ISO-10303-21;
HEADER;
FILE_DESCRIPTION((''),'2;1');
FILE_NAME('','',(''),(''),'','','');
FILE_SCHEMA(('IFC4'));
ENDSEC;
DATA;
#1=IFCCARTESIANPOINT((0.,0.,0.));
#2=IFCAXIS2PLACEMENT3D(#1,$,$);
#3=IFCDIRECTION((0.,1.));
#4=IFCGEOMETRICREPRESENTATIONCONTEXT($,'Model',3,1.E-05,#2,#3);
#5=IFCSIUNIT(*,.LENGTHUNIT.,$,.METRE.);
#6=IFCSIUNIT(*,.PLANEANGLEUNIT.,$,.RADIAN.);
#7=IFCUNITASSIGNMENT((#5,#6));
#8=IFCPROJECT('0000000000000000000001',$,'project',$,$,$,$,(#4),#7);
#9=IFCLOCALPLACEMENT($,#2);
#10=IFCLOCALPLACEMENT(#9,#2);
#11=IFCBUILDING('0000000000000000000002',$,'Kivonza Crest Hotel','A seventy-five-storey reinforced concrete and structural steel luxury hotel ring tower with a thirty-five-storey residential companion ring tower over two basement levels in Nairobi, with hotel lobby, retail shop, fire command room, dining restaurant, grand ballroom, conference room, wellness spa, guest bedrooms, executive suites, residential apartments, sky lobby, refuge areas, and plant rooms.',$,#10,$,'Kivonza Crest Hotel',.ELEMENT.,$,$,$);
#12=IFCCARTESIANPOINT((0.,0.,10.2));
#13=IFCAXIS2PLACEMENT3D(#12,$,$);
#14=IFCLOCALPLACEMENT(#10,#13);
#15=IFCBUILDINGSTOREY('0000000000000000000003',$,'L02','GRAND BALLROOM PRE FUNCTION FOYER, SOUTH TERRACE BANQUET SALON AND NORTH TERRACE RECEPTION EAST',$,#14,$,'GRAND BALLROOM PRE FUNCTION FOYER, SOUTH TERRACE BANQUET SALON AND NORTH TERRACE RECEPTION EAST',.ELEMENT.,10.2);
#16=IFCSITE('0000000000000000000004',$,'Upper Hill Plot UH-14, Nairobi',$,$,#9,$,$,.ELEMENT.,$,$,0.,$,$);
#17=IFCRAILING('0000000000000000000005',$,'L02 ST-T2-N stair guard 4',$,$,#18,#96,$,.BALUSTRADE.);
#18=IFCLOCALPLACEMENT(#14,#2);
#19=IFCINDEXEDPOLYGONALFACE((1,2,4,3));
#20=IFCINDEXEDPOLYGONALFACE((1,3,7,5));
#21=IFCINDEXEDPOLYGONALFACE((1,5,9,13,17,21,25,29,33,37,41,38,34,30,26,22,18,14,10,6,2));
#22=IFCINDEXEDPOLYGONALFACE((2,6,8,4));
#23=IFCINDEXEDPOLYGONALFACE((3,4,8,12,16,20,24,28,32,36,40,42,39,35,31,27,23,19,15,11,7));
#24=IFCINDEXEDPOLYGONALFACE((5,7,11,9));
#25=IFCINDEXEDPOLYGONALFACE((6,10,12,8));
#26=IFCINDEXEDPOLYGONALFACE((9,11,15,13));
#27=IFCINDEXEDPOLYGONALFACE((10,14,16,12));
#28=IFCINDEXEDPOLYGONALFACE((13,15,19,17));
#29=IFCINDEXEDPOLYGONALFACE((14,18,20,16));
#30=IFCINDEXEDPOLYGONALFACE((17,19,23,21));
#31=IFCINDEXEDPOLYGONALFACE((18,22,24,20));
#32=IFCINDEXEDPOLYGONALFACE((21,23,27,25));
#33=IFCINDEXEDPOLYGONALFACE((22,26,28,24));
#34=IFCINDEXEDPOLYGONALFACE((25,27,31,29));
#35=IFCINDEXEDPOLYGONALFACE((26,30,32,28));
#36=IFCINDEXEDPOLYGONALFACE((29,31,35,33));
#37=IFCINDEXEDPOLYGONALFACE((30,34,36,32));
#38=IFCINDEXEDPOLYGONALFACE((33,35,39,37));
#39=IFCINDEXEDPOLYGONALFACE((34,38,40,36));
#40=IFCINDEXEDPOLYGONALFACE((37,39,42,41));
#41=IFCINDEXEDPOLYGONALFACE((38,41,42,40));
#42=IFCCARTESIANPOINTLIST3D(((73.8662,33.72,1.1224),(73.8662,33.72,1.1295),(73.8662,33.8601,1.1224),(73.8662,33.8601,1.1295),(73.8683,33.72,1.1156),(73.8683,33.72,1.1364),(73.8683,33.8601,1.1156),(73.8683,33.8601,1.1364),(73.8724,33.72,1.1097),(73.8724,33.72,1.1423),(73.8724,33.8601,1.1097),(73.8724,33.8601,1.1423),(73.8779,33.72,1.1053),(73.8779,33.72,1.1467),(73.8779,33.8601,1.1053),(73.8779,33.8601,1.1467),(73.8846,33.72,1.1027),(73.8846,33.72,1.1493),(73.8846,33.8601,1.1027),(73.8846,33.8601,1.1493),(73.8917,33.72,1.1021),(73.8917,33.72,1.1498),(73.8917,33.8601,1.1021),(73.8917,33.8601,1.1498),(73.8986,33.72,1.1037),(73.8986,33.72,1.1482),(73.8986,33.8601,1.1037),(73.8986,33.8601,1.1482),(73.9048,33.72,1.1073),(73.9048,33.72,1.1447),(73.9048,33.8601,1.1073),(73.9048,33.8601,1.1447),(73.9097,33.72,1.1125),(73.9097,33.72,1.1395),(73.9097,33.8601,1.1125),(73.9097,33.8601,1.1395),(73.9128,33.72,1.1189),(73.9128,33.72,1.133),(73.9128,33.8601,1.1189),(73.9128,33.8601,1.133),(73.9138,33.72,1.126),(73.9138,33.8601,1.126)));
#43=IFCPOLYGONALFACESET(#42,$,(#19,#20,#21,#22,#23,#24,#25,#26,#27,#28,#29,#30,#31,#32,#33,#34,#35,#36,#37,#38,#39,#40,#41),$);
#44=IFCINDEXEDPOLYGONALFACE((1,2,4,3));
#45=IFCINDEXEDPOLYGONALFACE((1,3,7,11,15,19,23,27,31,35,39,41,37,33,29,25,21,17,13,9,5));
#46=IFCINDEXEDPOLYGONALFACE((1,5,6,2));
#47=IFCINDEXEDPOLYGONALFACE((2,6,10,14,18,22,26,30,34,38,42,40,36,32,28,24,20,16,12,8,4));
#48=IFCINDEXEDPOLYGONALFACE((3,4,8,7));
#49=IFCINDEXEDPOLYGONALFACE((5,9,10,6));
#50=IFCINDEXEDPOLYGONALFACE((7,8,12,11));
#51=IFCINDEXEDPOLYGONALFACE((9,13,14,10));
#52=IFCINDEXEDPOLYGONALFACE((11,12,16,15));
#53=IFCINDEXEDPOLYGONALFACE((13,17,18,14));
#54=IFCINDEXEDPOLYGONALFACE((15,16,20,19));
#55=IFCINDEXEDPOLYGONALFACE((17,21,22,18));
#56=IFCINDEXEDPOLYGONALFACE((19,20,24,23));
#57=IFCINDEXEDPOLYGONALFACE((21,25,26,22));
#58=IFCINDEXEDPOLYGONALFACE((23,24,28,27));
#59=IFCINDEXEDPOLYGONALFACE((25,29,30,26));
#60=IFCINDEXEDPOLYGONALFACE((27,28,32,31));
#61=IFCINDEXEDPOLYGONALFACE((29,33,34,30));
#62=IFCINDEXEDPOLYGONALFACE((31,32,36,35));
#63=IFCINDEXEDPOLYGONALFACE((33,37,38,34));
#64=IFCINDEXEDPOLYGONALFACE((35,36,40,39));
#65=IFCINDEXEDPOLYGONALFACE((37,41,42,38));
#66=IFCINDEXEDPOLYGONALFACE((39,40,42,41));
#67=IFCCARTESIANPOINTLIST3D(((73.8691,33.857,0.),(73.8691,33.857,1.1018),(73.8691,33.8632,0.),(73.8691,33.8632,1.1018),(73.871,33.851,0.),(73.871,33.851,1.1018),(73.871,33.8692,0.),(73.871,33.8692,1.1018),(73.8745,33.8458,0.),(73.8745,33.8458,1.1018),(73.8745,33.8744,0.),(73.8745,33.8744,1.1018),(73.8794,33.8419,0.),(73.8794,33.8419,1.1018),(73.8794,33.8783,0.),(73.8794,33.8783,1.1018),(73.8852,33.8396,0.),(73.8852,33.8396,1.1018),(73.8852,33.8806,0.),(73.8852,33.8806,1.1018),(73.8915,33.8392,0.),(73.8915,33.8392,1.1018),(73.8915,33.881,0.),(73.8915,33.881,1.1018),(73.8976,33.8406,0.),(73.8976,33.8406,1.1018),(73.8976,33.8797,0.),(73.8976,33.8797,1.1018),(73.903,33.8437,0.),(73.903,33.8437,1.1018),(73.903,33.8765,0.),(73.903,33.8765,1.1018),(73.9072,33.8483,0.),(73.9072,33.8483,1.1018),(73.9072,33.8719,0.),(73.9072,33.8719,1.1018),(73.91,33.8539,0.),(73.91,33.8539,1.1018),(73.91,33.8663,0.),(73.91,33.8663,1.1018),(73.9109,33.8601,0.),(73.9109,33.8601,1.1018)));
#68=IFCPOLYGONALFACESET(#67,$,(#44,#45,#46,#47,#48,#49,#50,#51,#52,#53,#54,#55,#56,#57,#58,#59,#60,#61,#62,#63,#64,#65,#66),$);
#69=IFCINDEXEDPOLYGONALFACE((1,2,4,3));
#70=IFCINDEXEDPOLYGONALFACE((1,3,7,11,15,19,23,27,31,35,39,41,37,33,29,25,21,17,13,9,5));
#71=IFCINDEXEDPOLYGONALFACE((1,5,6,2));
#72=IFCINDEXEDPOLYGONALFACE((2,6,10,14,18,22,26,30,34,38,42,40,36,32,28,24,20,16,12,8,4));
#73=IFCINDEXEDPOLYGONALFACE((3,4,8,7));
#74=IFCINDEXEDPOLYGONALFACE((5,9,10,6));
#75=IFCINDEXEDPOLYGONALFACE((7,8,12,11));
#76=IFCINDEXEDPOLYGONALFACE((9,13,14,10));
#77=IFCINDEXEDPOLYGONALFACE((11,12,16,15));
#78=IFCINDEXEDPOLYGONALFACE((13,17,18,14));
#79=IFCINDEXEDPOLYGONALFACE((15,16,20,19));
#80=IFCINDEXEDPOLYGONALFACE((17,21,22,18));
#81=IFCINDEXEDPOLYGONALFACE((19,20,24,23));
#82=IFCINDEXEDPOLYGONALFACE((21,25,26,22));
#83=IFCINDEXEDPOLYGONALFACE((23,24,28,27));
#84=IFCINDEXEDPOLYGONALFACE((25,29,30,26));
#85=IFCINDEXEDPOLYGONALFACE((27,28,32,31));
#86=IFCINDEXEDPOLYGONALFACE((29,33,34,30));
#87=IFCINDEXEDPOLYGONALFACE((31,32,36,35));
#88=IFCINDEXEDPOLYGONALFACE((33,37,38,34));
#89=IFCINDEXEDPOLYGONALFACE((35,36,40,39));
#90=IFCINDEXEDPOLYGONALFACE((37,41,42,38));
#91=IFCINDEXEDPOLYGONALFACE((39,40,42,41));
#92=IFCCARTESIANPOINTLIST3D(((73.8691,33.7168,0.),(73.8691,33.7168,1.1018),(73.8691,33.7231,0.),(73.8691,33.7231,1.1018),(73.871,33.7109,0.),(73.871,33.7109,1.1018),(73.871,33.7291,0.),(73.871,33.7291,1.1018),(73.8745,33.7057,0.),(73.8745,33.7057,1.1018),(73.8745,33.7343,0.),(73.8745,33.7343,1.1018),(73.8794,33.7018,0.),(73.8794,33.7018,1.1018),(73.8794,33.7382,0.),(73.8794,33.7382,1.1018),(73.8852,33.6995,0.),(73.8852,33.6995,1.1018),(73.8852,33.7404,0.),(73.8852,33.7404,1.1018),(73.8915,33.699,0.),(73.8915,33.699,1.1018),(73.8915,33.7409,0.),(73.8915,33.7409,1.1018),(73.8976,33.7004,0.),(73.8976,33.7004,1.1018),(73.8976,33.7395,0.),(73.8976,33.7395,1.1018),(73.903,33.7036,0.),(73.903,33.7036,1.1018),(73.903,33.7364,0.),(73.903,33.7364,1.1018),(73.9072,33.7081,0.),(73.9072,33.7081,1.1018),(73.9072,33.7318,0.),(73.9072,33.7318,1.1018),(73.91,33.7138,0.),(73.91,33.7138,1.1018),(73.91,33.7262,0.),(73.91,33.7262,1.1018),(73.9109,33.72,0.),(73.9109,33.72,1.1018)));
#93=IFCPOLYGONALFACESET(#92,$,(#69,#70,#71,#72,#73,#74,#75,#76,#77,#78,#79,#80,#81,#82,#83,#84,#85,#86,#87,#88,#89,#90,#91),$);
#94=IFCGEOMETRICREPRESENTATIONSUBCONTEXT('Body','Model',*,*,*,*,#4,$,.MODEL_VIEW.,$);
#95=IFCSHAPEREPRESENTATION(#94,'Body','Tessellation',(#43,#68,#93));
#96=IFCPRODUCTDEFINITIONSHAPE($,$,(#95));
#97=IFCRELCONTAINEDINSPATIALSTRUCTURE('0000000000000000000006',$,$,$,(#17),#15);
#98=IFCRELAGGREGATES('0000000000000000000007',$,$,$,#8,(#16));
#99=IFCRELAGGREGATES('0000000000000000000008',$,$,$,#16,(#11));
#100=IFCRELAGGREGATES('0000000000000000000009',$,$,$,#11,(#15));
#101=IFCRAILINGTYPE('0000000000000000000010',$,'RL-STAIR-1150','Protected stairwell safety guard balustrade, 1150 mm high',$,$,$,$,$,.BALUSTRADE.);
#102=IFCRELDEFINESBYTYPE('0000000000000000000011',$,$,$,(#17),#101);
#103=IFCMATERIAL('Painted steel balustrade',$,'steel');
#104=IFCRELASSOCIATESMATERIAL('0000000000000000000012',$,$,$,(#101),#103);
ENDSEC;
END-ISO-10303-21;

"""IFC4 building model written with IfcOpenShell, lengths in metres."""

from ifc_helpers import new_model, si_unit, direction, frame, origin, origin_2d, place, context, subcontext, project, spatial, circle, extrude, material, type_object, element, save


model = new_model("IFC4")

# Units and contexts
model_context = context("Model", 3, precision=1e-05, world=origin(), true_north=direction((0.0, 1.0)))
body_context = subcontext(model_context, "Body", "Model", "MODEL_VIEW")
ifc_project = project(units=[si_unit("LENGTHUNIT", "METRE"), si_unit("PLANEANGLEUNIT", "RADIAN")], contexts=[model_context])

# Site, building, storey
site_placement = place(None, origin())
site = spatial("IfcSite", under=ifc_project, at=site_placement, Name="Upper Hill Plot UH-14, Nairobi", CompositionType="ELEMENT", RefElevation=0.0)
building_placement = place(site_placement, origin())
building = spatial("IfcBuilding", under=site, at=building_placement, Name="Kivonza Crest Hotel", Description="A seventy-five-storey reinforced concrete and structural steel luxury hotel ring tower with a thirty-five-storey residential companion ring tower over two basement levels in Nairobi, with hotel lobby, retail shop, fire command room, dining restaurant, grand ballroom, conference room, wellness spa, guest bedrooms, executive suites, residential apartments, sky lobby, refuge areas, and plant rooms.", LongName="Kivonza Crest Hotel", CompositionType="ELEMENT")
storey_placement = place(building_placement, frame((0.0, 0.0, 10.2)))
storey = spatial("IfcBuildingStorey", under=building, at=storey_placement, Name="L02", Description="GRAND BALLROOM PRE FUNCTION FOYER, SOUTH TERRACE BANQUET SALON AND NORTH TERRACE RECEPTION EAST", LongName="GRAND BALLROOM PRE FUNCTION FOYER, SOUTH TERRACE BANQUET SALON AND NORTH TERRACE RECEPTION EAST", CompositionType="ELEMENT", Elevation=10.2)

# Railing
ifc_material_1 = material(Name="Painted steel balustrade", Category="steel")
railing_type_1 = type_object("IfcRailingType", Name="RL-STAIR-1150", Description="Protected stairwell safety guard balustrade, 1150 mm high", PredefinedType="BALUSTRADE", material=ifc_material_1)
railing_1_placement = place(storey_placement, frame((73.8899, 33.8601, 0.0)))
element("IfcRailing", 1, at=railing_1_placement, inside=storey, type_object=railing_type_1, Name="L02 ST-T2-N stair guard 4", PredefinedType="BALUSTRADE", context=body_context, shape_type="SweptSolid", body=[
    extrude(circle(Radius=0.0239, at=origin_2d()), frame((0.0, 0.0, 1.126), z_axis=(0.0, -1.0, 0.0), x_axis=(1.0, 0.0, 0.0)), (0.0, 0.0, 1.0), 0.1401),
    extrude(circle(Radius=0.021, at=origin_2d()), origin(), (0.0, 0.0, 1.0), 1.1018),
    extrude(circle(Radius=0.021, at=origin_2d()), frame((0.0, -0.1401, 0.0)), (0.0, 0.0, 1.0), 1.1018),
])

save(model, "model.ifc")
